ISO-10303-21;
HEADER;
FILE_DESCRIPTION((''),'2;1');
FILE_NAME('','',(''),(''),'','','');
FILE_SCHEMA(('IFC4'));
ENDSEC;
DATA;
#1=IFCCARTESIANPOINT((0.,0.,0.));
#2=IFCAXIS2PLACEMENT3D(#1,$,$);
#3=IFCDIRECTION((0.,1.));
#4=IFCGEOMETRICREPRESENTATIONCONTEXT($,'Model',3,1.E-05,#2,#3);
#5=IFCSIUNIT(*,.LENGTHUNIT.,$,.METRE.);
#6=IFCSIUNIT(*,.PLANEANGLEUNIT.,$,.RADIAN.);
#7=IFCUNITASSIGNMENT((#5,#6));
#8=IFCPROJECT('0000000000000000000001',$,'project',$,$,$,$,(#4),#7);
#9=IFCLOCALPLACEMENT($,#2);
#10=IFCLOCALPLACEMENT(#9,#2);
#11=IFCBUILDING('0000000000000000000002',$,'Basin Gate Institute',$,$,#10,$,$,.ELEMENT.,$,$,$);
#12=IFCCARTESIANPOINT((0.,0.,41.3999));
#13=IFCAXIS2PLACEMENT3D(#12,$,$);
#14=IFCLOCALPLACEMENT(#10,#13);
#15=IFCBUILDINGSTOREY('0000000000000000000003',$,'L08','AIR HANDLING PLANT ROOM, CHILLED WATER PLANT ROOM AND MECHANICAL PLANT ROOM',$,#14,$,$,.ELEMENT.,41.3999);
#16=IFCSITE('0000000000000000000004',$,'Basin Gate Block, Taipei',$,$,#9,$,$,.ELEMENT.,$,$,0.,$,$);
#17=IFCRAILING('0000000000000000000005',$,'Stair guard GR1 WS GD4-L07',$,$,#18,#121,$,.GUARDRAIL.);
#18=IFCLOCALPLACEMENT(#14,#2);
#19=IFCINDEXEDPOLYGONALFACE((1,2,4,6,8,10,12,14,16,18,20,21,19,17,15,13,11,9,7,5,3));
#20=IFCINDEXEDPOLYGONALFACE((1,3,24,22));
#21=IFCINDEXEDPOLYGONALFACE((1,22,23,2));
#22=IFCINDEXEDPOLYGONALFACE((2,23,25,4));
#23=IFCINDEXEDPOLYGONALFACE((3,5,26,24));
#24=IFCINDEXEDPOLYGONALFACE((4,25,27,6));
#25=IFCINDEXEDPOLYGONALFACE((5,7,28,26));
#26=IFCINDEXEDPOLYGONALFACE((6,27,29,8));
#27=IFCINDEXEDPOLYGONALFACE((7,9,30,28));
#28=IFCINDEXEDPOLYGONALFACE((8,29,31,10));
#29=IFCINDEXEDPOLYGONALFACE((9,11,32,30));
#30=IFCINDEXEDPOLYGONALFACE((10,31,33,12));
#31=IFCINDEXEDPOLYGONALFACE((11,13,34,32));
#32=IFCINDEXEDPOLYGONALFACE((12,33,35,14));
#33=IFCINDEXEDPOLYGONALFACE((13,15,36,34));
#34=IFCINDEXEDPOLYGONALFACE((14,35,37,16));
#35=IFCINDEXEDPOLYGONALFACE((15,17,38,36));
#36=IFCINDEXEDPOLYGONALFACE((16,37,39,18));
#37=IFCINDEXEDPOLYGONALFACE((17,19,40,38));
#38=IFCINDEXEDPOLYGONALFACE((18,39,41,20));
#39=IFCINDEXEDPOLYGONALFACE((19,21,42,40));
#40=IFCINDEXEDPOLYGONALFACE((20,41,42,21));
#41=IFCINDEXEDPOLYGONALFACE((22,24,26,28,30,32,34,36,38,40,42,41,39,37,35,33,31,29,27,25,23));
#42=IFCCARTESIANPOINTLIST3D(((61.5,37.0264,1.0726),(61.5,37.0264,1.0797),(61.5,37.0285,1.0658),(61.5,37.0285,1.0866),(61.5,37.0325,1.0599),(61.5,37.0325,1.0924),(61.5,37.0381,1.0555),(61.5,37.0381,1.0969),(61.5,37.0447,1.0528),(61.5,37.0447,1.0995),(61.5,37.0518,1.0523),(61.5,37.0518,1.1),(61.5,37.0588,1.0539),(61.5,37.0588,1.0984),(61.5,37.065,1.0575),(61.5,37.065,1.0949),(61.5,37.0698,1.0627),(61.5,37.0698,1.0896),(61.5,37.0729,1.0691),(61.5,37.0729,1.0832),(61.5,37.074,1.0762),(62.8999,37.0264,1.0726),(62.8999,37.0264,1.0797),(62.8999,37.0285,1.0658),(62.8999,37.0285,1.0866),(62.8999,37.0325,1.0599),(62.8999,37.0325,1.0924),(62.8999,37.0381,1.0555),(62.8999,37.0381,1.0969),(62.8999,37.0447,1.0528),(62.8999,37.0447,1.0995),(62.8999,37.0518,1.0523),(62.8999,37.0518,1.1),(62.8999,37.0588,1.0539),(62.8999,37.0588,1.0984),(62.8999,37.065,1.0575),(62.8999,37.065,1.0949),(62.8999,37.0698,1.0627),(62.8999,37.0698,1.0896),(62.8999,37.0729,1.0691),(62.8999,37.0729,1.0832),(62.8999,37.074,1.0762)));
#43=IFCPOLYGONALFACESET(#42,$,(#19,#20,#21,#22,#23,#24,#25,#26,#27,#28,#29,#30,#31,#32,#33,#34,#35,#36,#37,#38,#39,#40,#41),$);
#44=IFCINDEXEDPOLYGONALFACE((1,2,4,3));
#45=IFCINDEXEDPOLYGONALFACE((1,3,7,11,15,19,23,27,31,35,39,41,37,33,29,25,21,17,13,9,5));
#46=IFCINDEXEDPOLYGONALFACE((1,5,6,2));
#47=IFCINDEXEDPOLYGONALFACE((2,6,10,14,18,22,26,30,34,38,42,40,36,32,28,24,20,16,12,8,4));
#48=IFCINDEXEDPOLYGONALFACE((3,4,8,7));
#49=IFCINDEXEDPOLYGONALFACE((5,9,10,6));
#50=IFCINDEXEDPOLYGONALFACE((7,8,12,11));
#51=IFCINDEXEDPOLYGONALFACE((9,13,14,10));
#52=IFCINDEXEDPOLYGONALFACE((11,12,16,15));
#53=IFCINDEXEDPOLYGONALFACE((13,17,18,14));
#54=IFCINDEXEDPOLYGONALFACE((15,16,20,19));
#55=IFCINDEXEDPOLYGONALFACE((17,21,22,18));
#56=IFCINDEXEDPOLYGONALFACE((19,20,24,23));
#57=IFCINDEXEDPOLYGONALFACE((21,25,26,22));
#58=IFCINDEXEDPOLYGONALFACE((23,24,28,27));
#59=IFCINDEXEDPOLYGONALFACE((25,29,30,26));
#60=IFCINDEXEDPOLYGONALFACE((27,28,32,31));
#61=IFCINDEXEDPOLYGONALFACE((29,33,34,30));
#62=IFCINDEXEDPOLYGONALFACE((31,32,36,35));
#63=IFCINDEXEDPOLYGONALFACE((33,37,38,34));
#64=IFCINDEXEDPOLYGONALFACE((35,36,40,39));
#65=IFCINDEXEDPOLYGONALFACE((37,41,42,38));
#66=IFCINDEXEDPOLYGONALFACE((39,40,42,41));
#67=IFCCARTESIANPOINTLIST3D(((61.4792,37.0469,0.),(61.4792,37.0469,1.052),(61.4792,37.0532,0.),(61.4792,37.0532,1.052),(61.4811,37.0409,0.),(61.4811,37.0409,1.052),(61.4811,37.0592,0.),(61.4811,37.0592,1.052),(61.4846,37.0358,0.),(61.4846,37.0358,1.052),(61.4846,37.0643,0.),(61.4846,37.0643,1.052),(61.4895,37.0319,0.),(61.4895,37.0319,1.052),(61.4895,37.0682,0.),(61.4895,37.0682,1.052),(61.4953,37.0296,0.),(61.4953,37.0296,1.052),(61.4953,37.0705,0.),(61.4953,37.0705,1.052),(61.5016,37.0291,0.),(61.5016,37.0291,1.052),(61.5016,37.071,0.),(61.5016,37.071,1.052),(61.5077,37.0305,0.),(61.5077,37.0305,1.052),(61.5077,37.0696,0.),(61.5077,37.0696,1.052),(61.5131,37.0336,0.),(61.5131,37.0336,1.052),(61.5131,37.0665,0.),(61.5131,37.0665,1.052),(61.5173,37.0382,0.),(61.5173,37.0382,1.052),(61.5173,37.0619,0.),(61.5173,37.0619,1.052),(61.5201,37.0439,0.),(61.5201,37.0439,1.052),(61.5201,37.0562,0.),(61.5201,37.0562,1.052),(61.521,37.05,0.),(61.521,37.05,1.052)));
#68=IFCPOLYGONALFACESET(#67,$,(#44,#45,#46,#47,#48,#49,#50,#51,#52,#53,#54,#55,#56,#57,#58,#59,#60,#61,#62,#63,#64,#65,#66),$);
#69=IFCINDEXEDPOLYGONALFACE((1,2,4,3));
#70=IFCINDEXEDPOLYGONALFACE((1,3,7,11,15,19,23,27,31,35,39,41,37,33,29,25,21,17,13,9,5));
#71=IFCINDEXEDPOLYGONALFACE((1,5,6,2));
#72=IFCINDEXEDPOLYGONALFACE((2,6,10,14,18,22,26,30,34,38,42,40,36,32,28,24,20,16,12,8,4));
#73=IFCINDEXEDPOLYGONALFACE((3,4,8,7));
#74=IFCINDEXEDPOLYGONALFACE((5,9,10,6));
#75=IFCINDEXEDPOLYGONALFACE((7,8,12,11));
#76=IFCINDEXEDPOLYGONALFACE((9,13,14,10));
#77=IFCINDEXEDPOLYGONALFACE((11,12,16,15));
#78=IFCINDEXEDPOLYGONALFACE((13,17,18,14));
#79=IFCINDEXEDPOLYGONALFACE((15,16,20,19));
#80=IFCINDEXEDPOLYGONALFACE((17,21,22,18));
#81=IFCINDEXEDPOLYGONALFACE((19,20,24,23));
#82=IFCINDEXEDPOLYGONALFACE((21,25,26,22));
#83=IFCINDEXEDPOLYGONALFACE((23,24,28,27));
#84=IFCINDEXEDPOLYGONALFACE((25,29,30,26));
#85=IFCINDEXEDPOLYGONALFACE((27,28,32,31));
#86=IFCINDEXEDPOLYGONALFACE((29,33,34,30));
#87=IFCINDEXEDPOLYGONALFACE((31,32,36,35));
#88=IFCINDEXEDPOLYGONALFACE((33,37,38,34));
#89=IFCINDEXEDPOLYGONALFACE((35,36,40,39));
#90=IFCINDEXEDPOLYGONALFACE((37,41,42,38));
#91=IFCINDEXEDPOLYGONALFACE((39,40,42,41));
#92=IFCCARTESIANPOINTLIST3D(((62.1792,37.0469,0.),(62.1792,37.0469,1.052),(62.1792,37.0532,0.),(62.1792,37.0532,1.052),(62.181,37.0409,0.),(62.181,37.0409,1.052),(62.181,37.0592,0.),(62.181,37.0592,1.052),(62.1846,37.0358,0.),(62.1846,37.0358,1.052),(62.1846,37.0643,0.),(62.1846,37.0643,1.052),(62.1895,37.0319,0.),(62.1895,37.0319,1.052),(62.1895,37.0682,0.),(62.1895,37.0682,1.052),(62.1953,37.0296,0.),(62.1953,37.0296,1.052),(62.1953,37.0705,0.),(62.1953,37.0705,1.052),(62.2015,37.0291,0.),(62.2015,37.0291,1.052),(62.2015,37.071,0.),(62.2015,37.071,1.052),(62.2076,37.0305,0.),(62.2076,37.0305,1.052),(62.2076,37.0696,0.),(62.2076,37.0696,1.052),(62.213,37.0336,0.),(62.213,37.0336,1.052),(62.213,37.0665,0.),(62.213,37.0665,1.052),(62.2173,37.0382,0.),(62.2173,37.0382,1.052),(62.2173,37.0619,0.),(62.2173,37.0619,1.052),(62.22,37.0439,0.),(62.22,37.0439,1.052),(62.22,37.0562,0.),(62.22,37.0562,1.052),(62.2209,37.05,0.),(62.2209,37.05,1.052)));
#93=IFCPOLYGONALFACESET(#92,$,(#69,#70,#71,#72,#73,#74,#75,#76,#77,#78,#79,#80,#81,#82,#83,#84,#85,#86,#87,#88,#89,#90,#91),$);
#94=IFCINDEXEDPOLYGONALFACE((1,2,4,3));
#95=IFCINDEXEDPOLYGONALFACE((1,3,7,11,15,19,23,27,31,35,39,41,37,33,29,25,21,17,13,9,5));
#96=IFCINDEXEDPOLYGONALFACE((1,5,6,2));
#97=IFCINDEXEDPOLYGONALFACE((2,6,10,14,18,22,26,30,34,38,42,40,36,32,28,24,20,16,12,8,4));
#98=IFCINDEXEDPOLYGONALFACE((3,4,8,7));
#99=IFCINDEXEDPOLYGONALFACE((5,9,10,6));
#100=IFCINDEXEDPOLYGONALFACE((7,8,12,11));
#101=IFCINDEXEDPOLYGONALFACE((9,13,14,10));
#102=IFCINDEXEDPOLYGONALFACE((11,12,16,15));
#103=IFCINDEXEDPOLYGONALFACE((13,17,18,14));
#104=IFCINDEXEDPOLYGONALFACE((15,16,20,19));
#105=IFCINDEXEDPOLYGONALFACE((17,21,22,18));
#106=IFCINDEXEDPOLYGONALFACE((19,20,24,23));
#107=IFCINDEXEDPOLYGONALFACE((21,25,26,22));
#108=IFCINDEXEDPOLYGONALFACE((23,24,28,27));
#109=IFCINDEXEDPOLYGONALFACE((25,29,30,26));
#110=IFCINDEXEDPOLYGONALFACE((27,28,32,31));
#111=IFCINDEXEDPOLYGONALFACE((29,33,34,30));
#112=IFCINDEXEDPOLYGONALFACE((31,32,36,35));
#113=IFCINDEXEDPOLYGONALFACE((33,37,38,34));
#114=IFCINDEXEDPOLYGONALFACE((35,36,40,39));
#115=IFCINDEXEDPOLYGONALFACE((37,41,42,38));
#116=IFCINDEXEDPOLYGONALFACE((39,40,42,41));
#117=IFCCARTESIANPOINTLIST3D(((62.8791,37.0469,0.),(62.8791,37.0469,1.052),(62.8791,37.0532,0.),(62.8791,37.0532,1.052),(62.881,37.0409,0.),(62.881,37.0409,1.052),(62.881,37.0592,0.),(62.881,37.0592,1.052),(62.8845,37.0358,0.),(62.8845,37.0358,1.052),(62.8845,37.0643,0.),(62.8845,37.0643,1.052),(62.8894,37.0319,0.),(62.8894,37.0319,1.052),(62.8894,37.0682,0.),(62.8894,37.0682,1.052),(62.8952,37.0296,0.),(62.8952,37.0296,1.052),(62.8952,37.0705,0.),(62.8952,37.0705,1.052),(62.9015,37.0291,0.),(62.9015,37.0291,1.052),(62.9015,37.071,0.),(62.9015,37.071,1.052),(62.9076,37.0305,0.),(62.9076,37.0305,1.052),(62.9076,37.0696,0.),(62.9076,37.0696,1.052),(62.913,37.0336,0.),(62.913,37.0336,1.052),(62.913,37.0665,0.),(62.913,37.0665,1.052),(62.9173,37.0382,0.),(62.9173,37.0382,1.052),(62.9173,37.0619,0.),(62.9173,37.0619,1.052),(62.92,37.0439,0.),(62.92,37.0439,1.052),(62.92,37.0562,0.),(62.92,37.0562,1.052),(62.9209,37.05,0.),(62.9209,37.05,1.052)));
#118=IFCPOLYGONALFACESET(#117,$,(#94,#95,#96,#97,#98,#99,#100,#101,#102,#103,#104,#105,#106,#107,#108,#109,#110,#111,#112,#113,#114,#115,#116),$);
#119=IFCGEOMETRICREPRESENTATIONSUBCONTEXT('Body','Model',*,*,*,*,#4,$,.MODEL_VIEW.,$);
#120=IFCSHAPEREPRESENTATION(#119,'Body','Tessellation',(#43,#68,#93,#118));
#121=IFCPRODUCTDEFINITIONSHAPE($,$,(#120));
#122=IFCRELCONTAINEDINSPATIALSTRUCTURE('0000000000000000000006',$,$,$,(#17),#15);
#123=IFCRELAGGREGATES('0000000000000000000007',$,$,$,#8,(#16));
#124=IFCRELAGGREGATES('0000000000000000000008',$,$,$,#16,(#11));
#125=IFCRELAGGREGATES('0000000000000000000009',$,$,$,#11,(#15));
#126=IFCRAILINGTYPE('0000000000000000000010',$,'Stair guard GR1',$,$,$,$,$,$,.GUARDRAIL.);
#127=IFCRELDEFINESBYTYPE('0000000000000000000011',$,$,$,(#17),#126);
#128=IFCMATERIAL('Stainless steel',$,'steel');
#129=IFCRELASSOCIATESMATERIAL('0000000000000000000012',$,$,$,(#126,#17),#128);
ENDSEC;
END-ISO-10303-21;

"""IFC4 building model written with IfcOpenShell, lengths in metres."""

from ifc_helpers import new_model, si_unit, direction, frame, origin, origin_2d, place, context, subcontext, project, spatial, circle, extrude, material, type_object, element, save


model = new_model("IFC4")

# Units and contexts
model_context = context("Model", 3, precision=1e-05, world=origin(), true_north=direction((0.0, 1.0)))
body_context = subcontext(model_context, "Body", "Model", "MODEL_VIEW")
ifc_project = project(units=[si_unit("LENGTHUNIT", "METRE"), si_unit("PLANEANGLEUNIT", "RADIAN")], contexts=[model_context])

# Site, building, storey
site_placement = place(None, origin())
site = spatial("IfcSite", under=ifc_project, at=site_placement, Name="Basin Gate Block, Taipei", CompositionType="ELEMENT", RefElevation=0.0)
building_placement = place(site_placement, origin())
building = spatial("IfcBuilding", under=site, at=building_placement, Name="Basin Gate Institute", CompositionType="ELEMENT")
storey_placement = place(building_placement, frame((0.0, 0.0, 41.3999)))
storey = spatial("IfcBuildingStorey", under=building, at=storey_placement, Name="L08", Description="AIR HANDLING PLANT ROOM, CHILLED WATER PLANT ROOM AND MECHANICAL PLANT ROOM", CompositionType="ELEMENT", Elevation=41.3999)

# Railing
ifc_material_1 = material(Name="Stainless steel", Category="steel")
railing_type_1 = type_object("IfcRailingType", Name="Stair guard GR1", PredefinedType="GUARDRAIL", material=ifc_material_1)
railing_1_placement = place(storey_placement, frame((61.5, 37.05, 0.0)))
element("IfcRailing", 1, at=railing_1_placement, inside=storey, type_object=railing_type_1, material=ifc_material_1, Name="Stair guard GR1 WS GD4-L07", PredefinedType="GUARDRAIL", context=body_context, shape_type="SweptSolid", body=[
    extrude(circle(Radius=0.0239, at=origin_2d()), frame((0.0, 0.0, 1.0762), z_axis=(1.0, 0.0, 0.0), x_axis=(0.0, 1.0, 0.0)), (0.0, 0.0, 1.0), 1.3999),
    extrude(circle(Radius=0.021, at=origin_2d()), origin(), (0.0, 0.0, 1.0), 1.052),
    extrude(circle(Radius=0.021, at=origin_2d()), frame((0.7, 0.0, 0.0)), (0.0, 0.0, 1.0), 1.052),
    extrude(circle(Radius=0.021, at=origin_2d()), frame((1.3999, 0.0, 0.0)), (0.0, 0.0, 1.0), 1.052),
])

save(model, "model.ifc")
